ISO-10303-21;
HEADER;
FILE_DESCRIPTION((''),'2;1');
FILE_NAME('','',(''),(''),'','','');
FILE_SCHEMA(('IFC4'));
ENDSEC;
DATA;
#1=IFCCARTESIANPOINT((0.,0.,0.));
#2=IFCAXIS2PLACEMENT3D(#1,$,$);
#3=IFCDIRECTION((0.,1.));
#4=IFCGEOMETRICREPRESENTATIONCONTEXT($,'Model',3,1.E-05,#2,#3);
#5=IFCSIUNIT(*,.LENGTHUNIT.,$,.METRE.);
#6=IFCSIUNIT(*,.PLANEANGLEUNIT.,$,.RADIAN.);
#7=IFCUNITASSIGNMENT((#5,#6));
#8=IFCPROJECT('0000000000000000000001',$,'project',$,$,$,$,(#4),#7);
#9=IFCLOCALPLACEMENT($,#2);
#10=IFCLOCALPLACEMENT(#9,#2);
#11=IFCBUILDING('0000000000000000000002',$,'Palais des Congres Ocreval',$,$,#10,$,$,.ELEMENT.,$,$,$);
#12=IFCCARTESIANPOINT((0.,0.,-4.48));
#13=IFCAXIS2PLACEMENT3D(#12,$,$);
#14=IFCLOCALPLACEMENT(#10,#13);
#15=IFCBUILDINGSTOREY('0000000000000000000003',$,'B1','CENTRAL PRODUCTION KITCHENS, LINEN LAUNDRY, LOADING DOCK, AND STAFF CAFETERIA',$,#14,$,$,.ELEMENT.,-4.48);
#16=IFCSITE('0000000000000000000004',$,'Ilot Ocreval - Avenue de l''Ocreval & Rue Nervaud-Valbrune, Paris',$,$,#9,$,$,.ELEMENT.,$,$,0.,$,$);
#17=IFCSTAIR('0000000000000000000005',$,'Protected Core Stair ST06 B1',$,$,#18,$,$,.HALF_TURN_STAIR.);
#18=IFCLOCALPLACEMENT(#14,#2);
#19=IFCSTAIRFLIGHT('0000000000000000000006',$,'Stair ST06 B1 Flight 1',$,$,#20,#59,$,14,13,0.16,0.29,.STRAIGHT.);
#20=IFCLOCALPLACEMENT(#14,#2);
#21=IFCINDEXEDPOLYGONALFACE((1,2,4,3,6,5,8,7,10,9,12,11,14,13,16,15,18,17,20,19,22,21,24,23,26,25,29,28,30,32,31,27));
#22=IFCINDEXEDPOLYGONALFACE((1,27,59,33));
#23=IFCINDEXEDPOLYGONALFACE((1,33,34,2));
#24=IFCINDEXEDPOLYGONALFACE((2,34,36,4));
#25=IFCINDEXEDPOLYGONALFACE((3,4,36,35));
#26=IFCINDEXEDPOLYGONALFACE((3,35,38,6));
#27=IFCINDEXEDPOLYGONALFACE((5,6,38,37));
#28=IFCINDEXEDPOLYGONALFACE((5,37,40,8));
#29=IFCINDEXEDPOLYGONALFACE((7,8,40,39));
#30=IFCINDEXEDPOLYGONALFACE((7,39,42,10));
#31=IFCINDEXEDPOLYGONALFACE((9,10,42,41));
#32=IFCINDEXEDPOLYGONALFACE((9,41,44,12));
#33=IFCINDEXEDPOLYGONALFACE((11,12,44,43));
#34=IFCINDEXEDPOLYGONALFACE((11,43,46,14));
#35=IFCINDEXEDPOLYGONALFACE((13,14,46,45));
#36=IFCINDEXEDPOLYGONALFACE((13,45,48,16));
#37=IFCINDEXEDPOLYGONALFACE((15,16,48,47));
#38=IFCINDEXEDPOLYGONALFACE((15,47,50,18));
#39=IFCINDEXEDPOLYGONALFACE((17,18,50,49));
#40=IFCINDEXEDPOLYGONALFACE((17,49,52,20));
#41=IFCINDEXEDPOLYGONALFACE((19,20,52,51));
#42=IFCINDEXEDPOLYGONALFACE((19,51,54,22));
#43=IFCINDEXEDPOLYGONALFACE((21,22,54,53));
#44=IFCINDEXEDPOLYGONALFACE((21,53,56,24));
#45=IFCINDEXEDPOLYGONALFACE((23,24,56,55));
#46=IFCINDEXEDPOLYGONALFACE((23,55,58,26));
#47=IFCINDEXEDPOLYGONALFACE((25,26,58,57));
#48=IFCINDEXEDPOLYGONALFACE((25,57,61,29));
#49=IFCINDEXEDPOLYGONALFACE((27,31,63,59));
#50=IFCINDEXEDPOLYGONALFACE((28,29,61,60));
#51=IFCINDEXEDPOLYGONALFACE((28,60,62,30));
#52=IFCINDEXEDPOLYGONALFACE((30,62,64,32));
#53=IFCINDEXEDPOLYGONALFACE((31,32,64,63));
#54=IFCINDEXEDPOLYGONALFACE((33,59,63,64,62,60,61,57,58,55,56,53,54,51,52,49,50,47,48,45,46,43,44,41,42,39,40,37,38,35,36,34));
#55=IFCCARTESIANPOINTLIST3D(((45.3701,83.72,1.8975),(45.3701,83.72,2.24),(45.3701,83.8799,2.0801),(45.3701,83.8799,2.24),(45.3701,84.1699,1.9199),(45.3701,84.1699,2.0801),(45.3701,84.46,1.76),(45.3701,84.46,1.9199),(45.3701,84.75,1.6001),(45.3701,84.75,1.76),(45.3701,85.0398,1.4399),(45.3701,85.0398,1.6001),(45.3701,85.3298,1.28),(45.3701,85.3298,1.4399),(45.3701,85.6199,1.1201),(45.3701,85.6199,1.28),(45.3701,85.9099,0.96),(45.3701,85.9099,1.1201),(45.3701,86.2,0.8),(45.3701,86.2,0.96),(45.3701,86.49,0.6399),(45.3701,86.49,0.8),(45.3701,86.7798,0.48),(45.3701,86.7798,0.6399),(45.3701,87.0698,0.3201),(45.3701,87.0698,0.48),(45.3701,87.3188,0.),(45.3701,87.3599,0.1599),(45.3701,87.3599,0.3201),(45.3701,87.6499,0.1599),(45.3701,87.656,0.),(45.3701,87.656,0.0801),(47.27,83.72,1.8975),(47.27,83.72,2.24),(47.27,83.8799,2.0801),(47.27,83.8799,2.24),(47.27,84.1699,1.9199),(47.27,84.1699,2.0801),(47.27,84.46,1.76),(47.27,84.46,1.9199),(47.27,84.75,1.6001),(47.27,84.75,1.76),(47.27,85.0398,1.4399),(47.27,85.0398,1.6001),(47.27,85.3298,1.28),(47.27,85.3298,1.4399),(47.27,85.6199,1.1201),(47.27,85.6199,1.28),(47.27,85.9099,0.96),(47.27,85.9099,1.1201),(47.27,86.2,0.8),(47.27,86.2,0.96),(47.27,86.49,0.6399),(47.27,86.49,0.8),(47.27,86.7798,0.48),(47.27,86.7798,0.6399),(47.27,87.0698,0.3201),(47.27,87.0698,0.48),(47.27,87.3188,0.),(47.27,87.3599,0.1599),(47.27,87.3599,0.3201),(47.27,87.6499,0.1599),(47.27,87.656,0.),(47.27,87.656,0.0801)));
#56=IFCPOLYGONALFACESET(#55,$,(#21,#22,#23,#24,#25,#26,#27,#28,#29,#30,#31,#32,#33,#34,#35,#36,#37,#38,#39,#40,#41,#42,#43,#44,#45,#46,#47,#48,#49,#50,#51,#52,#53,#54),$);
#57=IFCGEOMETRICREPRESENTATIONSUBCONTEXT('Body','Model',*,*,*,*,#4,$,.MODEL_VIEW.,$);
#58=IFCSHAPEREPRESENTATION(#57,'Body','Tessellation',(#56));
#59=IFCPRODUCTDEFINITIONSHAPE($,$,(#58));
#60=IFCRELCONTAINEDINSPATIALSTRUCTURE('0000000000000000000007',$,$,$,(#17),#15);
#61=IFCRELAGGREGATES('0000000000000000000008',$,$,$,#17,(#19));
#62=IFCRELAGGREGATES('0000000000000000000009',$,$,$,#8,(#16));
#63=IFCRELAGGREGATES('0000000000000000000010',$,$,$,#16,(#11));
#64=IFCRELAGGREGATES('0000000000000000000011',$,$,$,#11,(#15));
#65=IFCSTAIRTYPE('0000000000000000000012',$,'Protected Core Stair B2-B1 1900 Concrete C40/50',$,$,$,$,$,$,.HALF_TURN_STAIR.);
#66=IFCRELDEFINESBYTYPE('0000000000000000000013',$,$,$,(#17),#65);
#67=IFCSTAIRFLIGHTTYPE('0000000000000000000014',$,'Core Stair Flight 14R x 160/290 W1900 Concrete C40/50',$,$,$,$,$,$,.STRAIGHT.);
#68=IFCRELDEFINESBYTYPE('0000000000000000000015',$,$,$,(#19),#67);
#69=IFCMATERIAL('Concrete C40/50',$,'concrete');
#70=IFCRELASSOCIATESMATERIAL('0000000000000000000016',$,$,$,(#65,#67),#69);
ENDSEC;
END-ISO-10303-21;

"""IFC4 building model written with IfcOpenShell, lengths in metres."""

from ifc_helpers import new_model, si_unit, direction, frame, origin, place, context, subcontext, project, spatial, polyline, outline, extrude, material, type_object, element, aggregate, save


model = new_model("IFC4")

# Units and contexts
model_context = context("Model", 3, precision=1e-05, world=origin(), true_north=direction((0.0, 1.0)))
body_context = subcontext(model_context, "Body", "Model", "MODEL_VIEW")
ifc_project = project(units=[si_unit("LENGTHUNIT", "METRE"), si_unit("PLANEANGLEUNIT", "RADIAN")], contexts=[model_context])

# Site, building, storey
site_placement = place(None, origin())
site = spatial("IfcSite", under=ifc_project, at=site_placement, Name="Ilot Ocreval - Avenue de l'Ocreval & Rue Nervaud-Valbrune, Paris", CompositionType="ELEMENT", RefElevation=0.0)
building_placement = place(site_placement, origin())
building = spatial("IfcBuilding", under=site, at=building_placement, Name="Palais des Congres Ocreval", CompositionType="ELEMENT")
storey_placement = place(building_placement, frame((0.0, 0.0, -4.48)))
storey = spatial("IfcBuildingStorey", under=building, at=storey_placement, Name="B1", Description="CENTRAL PRODUCTION KITCHENS, LINEN LAUNDRY, LOADING DOCK, AND STAFF CAFETERIA", CompositionType="ELEMENT", Elevation=-4.48)

# Shared definitions
ifc_material_1 = material(Name="Concrete C40/50", Category="concrete")

# Stair, stair flight
stair_type = type_object("IfcStairType", Name="Protected Core Stair B2-B1 1900 Concrete C40/50", PredefinedType="HALF_TURN_STAIR", material=ifc_material_1)
stair_placement = place(storey_placement, origin())
stair = element("IfcStair", 1, at=stair_placement, inside=storey, type_object=stair_type, Name="Protected Core Stair ST06 B1", PredefinedType="HALF_TURN_STAIR")
stair_flight_type = type_object("IfcStairFlightType", Name="Core Stair Flight 14R x 160/290 W1900 Concrete C40/50", PredefinedType="STRAIGHT", material=ifc_material_1)
stair_flight_placement = place(storey_placement, frame((46.3201, 87.6499, 0.0), z_axis=(0.0, 0.0, 1.0), x_axis=(0.0, -1.0, 0.0)))
stair_flight = element("IfcStairFlight", 2, at=stair_flight_placement, type_object=stair_flight_type, Name="Stair ST06 B1 Flight 1", NumberOfRisers=14, NumberOfTreads=13, PredefinedType="STRAIGHT", RiserHeight=0.16, TreadLength=0.29, context=body_context, shape_type="SweptSolid", body=[
    extrude(outline(polyline([(-0.0061, 0.0), (-0.0061, 0.0801), (0.0, 0.1599), (0.29, 0.1599), (0.29, 0.3201), (0.5801, 0.3201), (0.5801, 0.48), (0.8701, 0.48), (0.8701, 0.6399), (1.1599, 0.6399), (1.1599, 0.8), (1.45, 0.8), (1.45, 0.96), (1.74, 0.96), (1.74, 1.1201), (2.03, 1.1201), (2.03, 1.28), (2.3201, 1.28), (2.3201, 1.4399), (2.6101, 1.4399), (2.6101, 1.6001), (2.8999, 1.6001), (2.8999, 1.76), (3.1899, 1.76), (3.1899, 1.9199), (3.48, 1.9199), (3.48, 2.0801), (3.77, 2.0801), (3.77, 2.24), (3.9299, 2.24), (3.9299, 1.8975), (0.3311, 0.0), (-0.0061, 0.0)])), frame((0.0, 0.95, 0.0), z_axis=(0.0, -1.0, 0.0), x_axis=(1.0, 0.0, 0.0)), (0.0, 0.0, 1.0), 1.8999),
])
aggregate(stair, [stair_flight])

save(model, "model.ifc")
